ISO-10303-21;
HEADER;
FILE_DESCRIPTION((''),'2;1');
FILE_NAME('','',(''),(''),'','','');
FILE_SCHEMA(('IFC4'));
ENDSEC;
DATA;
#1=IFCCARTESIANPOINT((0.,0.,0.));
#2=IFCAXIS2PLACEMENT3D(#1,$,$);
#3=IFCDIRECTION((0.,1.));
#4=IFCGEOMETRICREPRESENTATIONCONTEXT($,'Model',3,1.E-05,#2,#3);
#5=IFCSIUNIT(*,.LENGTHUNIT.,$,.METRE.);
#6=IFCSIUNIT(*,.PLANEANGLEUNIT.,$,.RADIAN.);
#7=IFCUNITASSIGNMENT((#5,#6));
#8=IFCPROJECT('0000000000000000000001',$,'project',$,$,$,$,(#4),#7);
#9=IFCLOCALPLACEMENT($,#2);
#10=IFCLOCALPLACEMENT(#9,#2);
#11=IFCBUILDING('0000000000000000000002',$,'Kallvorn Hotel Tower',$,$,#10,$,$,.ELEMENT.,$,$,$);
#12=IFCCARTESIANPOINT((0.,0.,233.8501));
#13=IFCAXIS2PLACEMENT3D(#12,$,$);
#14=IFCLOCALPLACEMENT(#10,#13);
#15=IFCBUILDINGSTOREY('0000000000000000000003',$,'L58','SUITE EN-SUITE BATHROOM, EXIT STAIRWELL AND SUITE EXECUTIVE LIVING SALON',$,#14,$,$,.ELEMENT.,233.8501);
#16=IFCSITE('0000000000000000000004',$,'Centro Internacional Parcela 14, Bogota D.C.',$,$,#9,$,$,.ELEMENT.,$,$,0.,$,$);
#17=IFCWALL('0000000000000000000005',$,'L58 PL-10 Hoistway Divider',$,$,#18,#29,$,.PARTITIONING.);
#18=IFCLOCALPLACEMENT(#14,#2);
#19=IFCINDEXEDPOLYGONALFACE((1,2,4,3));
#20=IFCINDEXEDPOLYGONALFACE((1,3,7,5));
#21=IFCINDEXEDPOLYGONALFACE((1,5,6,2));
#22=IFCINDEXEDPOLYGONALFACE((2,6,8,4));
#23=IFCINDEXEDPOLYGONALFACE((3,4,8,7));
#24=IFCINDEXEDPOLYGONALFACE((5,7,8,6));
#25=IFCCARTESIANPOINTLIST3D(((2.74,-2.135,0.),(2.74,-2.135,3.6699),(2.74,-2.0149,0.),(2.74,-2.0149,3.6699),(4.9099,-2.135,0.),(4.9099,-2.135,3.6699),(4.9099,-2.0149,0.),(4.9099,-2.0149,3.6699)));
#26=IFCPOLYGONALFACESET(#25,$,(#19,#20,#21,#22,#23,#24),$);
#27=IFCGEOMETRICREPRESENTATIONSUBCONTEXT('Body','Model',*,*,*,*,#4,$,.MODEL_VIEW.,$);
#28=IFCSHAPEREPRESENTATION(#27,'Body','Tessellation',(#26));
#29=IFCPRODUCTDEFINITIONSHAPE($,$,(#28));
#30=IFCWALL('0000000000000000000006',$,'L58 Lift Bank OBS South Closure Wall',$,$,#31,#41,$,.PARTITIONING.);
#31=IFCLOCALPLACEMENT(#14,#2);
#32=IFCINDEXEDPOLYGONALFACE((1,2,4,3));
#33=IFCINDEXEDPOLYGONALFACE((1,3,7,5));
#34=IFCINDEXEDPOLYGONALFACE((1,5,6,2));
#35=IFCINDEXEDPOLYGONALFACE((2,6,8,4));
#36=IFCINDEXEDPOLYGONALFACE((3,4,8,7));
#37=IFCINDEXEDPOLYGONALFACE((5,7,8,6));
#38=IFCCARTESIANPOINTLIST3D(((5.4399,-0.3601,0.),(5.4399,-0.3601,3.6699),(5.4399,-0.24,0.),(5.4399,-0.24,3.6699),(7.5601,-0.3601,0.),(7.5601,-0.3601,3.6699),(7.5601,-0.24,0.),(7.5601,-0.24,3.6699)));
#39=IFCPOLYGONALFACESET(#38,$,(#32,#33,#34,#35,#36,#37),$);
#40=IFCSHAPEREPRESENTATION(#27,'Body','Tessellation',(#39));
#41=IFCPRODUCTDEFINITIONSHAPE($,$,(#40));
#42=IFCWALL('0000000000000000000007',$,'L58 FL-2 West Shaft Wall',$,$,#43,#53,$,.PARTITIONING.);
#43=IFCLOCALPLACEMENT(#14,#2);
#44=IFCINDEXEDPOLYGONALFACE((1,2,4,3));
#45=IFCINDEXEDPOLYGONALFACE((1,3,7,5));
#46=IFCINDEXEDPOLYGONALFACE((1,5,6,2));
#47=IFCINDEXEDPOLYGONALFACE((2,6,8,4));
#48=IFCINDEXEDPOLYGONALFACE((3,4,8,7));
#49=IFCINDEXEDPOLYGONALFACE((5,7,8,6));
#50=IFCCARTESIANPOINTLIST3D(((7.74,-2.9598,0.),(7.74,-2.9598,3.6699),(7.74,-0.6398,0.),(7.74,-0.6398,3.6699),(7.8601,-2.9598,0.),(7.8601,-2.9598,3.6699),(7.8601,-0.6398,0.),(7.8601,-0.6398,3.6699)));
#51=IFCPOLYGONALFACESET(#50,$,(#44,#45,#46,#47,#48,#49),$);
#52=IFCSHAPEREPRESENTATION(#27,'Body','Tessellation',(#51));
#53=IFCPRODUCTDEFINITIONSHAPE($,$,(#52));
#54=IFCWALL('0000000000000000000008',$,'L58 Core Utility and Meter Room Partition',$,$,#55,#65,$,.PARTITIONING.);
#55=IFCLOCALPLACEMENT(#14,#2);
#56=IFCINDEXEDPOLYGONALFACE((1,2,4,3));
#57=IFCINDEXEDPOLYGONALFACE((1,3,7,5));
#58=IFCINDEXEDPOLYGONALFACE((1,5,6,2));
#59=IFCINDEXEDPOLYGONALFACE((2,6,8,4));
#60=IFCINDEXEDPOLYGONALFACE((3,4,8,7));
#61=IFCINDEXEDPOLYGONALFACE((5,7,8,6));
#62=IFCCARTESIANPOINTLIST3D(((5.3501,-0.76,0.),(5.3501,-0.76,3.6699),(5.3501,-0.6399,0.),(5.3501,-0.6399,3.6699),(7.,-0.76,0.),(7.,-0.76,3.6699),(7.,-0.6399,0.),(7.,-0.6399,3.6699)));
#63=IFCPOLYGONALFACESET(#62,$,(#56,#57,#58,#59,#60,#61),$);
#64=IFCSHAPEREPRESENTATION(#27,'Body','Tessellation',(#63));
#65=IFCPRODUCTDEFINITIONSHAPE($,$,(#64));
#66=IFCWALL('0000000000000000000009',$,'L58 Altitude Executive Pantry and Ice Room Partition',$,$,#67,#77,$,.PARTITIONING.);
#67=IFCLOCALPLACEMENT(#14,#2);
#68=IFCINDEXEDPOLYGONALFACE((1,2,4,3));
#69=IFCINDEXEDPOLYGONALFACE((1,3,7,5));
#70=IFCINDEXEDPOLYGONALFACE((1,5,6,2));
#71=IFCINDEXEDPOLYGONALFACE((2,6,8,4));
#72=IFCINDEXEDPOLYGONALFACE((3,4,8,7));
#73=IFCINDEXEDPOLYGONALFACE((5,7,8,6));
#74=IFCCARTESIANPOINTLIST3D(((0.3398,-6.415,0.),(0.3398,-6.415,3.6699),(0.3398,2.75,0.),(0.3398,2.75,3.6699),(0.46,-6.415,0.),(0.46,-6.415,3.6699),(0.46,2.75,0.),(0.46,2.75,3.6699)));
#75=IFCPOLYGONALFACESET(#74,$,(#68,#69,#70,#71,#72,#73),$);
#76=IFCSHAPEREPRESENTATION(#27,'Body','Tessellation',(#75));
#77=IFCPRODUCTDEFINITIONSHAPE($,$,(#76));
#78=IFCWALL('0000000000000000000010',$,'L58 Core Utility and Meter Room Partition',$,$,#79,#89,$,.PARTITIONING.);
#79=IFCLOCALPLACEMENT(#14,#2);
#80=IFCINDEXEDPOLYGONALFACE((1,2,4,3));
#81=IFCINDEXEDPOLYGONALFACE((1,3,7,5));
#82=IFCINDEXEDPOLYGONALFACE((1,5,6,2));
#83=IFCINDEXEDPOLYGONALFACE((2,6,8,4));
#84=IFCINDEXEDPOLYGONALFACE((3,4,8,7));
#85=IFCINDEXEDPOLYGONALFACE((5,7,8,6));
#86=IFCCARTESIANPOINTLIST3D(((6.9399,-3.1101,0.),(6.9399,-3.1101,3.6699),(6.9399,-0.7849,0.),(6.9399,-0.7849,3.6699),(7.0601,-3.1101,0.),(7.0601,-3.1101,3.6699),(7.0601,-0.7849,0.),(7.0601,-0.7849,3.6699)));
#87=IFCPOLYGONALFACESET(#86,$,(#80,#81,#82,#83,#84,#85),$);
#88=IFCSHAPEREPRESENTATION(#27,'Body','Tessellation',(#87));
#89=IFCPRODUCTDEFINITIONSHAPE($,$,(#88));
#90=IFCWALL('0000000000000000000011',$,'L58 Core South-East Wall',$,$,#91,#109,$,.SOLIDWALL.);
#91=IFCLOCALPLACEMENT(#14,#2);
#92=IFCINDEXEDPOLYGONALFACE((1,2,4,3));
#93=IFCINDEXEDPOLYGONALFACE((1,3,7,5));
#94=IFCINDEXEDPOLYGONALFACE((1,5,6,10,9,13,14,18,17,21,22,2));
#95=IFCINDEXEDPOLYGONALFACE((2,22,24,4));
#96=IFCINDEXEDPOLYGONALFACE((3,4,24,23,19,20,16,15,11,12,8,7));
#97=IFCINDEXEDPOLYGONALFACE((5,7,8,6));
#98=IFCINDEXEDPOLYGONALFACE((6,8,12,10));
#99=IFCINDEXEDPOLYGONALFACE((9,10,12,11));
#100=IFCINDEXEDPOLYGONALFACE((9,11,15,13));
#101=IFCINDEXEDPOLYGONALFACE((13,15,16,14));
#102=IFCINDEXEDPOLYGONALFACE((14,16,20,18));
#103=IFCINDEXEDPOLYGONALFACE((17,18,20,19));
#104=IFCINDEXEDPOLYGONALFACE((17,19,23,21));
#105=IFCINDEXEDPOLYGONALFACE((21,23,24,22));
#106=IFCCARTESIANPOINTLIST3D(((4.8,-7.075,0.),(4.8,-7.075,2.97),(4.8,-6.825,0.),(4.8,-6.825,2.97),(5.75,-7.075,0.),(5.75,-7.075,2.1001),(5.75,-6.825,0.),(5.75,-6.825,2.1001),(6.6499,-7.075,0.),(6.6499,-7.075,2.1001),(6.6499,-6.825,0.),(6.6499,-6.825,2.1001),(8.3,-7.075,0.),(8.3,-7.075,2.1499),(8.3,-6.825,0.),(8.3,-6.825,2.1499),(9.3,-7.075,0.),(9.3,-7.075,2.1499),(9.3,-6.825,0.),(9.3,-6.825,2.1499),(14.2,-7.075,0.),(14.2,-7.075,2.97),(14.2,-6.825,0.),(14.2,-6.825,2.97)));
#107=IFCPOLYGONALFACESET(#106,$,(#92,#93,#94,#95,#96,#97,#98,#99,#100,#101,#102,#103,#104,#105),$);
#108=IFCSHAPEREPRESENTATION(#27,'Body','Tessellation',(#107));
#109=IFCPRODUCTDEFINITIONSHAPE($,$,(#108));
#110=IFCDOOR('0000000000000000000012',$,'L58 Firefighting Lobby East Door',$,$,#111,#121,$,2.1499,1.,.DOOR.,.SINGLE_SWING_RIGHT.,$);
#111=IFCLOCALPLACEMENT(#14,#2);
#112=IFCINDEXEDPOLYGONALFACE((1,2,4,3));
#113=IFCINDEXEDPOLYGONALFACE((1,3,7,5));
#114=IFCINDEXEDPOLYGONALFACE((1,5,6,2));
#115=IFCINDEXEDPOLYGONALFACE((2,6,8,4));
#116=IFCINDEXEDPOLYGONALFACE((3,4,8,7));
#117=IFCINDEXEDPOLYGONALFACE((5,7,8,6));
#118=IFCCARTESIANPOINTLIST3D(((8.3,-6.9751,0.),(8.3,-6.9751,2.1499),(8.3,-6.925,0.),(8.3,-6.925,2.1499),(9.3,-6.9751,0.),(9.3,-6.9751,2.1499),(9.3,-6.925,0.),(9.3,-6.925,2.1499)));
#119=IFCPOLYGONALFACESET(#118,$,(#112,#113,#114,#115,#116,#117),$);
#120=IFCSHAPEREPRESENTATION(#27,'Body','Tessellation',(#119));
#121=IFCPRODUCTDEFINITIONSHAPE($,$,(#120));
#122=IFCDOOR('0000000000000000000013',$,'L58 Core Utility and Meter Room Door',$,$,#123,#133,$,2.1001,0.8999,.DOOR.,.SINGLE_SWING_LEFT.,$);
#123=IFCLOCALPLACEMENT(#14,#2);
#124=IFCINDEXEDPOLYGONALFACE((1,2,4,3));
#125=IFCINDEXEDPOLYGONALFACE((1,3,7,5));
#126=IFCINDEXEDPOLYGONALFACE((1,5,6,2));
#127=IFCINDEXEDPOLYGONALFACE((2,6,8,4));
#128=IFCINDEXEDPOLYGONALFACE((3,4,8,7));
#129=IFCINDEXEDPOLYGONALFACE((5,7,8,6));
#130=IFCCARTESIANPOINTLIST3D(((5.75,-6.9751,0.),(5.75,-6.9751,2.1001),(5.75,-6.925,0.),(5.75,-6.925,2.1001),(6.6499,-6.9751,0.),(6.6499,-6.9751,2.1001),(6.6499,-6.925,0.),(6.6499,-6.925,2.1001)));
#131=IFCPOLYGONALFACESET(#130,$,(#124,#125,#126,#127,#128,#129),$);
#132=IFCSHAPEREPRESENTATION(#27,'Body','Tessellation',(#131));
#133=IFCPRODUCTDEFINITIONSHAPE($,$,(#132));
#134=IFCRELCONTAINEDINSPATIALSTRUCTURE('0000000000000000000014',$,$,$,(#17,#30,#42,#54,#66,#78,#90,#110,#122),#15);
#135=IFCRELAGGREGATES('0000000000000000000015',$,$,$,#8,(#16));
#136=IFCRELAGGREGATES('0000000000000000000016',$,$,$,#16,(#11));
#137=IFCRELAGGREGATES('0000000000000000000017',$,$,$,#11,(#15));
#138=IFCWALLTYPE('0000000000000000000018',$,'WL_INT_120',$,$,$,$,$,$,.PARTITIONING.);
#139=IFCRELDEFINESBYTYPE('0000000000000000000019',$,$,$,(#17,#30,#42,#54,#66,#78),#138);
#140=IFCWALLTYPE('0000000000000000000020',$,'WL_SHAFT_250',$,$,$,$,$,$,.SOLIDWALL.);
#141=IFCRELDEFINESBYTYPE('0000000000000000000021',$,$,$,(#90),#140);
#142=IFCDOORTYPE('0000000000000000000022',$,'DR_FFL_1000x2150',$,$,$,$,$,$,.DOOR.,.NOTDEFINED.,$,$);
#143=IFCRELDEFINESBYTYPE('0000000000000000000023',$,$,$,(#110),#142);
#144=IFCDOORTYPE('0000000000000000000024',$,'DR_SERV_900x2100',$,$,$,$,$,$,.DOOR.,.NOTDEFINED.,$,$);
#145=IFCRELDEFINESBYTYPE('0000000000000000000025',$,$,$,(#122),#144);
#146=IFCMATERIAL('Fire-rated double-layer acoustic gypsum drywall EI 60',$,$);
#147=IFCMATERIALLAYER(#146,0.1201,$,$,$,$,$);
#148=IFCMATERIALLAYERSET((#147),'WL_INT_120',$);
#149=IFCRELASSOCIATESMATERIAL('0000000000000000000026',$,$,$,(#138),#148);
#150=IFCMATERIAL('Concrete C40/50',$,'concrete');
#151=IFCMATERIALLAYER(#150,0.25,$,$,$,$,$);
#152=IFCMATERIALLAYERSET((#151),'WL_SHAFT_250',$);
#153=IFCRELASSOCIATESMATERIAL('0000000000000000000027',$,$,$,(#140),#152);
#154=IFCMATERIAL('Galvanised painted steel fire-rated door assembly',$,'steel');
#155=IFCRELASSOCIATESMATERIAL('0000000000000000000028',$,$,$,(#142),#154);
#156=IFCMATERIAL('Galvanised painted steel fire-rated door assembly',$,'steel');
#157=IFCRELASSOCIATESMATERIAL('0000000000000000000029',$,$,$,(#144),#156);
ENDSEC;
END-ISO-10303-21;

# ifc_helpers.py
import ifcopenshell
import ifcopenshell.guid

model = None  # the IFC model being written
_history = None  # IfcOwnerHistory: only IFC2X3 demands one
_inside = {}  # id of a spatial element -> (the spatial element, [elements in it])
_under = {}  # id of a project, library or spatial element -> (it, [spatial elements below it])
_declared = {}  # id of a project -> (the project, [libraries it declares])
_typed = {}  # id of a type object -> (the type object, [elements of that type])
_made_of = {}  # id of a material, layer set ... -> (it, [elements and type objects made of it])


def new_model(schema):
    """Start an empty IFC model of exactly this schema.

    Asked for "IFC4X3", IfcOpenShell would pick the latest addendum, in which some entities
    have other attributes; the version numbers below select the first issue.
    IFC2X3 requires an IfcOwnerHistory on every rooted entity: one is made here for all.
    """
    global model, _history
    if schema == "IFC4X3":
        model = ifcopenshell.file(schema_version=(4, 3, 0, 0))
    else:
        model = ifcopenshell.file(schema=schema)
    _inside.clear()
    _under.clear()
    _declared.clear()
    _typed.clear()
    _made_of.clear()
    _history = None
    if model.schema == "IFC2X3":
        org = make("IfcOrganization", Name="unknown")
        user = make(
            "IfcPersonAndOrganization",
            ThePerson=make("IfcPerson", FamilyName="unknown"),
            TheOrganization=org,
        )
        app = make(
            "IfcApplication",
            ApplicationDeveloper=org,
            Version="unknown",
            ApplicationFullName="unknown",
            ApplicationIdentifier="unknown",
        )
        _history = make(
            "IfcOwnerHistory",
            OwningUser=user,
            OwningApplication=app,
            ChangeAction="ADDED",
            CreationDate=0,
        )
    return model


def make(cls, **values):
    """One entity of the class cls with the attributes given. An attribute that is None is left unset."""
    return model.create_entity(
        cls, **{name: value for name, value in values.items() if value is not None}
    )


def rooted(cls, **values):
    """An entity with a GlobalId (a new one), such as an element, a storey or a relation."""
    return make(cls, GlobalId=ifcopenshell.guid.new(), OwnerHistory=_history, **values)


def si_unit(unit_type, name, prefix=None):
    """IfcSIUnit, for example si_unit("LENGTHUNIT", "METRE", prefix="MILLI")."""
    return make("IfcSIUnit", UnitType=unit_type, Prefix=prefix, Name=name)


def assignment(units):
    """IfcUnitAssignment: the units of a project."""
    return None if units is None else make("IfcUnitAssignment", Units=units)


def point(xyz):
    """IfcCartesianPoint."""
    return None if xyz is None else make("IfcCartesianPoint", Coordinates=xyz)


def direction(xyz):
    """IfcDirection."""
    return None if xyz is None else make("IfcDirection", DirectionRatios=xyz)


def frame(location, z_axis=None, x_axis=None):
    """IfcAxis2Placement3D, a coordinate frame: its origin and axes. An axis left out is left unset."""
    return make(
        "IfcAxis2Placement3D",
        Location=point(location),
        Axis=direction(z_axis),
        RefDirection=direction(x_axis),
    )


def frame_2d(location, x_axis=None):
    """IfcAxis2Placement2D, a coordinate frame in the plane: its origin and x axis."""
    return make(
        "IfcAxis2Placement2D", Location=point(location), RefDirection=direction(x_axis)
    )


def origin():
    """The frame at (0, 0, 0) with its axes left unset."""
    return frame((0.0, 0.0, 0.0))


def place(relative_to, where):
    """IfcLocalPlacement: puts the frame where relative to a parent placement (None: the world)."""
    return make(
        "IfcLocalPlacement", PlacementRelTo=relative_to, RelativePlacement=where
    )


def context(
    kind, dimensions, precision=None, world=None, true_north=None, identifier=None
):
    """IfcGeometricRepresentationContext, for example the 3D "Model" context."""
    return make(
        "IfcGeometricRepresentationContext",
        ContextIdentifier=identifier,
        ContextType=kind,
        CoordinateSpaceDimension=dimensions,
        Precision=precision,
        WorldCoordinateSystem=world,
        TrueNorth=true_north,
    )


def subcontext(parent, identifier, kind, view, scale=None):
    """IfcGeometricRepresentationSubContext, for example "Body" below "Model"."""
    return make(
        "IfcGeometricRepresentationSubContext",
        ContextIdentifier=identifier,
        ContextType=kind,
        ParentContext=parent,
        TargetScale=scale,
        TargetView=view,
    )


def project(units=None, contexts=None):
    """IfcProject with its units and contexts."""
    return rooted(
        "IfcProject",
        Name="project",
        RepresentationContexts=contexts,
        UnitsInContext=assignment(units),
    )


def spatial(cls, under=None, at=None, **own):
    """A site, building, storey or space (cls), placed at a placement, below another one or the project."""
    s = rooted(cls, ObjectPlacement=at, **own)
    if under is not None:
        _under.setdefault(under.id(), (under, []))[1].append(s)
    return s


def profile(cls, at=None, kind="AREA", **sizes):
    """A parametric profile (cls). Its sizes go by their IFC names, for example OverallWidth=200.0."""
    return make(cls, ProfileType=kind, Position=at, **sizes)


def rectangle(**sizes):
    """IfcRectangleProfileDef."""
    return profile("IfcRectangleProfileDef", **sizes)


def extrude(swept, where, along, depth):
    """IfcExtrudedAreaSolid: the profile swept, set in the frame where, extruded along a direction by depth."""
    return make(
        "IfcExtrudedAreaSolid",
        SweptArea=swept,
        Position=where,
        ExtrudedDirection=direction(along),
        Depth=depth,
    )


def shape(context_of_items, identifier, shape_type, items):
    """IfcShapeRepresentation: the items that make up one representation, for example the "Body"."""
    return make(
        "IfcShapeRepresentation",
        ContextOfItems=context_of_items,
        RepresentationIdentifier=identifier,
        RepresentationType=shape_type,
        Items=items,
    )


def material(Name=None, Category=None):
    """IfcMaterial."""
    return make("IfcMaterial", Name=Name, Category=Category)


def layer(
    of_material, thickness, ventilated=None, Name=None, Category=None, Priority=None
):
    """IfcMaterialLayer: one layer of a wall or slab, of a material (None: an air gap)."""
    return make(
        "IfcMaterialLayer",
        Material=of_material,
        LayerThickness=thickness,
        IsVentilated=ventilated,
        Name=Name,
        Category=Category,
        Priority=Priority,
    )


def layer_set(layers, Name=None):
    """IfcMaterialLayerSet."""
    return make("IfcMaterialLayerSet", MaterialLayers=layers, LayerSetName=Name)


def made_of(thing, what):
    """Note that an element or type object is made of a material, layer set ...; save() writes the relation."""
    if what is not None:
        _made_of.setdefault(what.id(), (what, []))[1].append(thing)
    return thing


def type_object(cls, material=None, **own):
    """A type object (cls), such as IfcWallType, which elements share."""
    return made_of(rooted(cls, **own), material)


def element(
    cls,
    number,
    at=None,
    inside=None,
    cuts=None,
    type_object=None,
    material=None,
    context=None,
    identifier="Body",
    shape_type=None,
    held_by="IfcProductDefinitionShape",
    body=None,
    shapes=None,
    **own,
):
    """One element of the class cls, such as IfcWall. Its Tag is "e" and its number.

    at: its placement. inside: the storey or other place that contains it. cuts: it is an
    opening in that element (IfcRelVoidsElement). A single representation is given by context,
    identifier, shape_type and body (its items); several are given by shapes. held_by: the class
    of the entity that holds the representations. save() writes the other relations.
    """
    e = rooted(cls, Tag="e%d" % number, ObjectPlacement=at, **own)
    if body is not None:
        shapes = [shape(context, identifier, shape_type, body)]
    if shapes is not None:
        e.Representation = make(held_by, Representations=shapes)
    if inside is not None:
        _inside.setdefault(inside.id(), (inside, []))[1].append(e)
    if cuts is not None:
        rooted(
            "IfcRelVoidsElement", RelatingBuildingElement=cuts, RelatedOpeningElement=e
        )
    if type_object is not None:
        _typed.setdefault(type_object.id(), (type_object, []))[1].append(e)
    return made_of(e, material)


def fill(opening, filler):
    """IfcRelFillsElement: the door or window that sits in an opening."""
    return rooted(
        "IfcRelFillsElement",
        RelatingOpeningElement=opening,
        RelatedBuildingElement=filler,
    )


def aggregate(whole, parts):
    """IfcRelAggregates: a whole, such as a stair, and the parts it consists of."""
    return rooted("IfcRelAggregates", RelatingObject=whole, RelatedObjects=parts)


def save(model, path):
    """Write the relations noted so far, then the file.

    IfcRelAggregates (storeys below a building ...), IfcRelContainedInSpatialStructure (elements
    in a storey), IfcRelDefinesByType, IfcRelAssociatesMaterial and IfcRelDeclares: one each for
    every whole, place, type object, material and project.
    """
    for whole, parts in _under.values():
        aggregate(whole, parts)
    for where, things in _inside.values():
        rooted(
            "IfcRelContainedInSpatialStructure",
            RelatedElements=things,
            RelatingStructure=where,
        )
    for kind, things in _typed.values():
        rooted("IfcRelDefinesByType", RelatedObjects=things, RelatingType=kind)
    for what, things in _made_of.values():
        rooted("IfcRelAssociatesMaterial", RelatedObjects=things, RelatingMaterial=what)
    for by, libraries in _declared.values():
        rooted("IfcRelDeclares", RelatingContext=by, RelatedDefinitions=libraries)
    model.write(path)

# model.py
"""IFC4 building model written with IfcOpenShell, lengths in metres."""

from ifc_helpers import new_model, si_unit, direction, frame, frame_2d, origin, place, context, subcontext, project, spatial, rectangle, extrude, material, layer, layer_set, type_object, element, fill, save


model = new_model("IFC4")

# Units and contexts
model_context = context("Model", 3, precision=1e-05, world=origin(), true_north=direction((0.0, 1.0)))
body_context = subcontext(model_context, "Body", "Model", "MODEL_VIEW")
ifc_project = project(units=[si_unit("LENGTHUNIT", "METRE"), si_unit("PLANEANGLEUNIT", "RADIAN")], contexts=[model_context])

# Site, building, storey
site_placement = place(None, origin())
site = spatial("IfcSite", under=ifc_project, at=site_placement, Name="Centro Internacional Parcela 14, Bogota D.C.", CompositionType="ELEMENT", RefElevation=0.0)
building_placement = place(site_placement, origin())
building = spatial("IfcBuilding", under=site, at=building_placement, Name="Kallvorn Hotel Tower", CompositionType="ELEMENT")
storey_placement = place(building_placement, frame((0.0, 0.0, 233.8501)))
storey = spatial("IfcBuildingStorey", under=building, at=storey_placement, Name="L58", Description="SUITE EN-SUITE BATHROOM, EXIT STAIRWELL AND SUITE EXECUTIVE LIVING SALON", CompositionType="ELEMENT", Elevation=233.8501)

# Walls
ifc_material_1 = material(Name="Fire-rated double-layer acoustic gypsum drywall EI 60")
ifc_layer_1 = layer(ifc_material_1, 0.1201)
ifc_layer_set_1 = layer_set([ifc_layer_1], Name="WL_INT_120")
wall_type_1 = type_object("IfcWallType", Name="WL_INT_120", PredefinedType="PARTITIONING", material=ifc_layer_set_1)
for number, where, z_axis, x_axis, name in (
    (1, (2.74, -2.075, 0.0), (0.0, 0.0, 1.0), (1.0, 0.0, 0.0), "L58 PL-10 Hoistway Divider"),
):
    element("IfcWall", number, at=place(storey_placement, frame(where, z_axis=z_axis, x_axis=x_axis)), inside=storey, type_object=wall_type_1, Name=name, PredefinedType="PARTITIONING", context=body_context, shape_type="SweptSolid", body=[
        extrude(rectangle(XDim=2.1699, YDim=0.1201, at=frame_2d((1.085, 0.0))), origin(), (0.0, 0.0, 1.0), 3.6699),
    ])
wall_1_placement = place(storey_placement, frame((5.4399, -0.3, 0.0), z_axis=(0.0, 0.0, 1.0), x_axis=(1.0, 0.0, 0.0)))
element("IfcWall", 2, at=wall_1_placement, inside=storey, type_object=wall_type_1, Name="L58 Lift Bank OBS South Closure Wall", PredefinedType="PARTITIONING", context=body_context, shape_type="SweptSolid", body=[
    extrude(rectangle(XDim=2.1201, YDim=0.1201, at=frame_2d((1.0601, 0.0))), origin(), (0.0, 0.0, 1.0), 3.6699),
])
wall_2_placement = place(storey_placement, frame((7.8, -2.96, 0.0), z_axis=(0.0, 0.0, 1.0), x_axis=(0.0, 1.0, 0.0)))
element("IfcWall", 3, at=wall_2_placement, inside=storey, type_object=wall_type_1, Name="L58 FL-2 West Shaft Wall", PredefinedType="PARTITIONING", context=body_context, shape_type="SweptSolid", body=[
    extrude(rectangle(XDim=2.3201, YDim=0.1201, at=frame_2d((1.1602, 0.0))), origin(), (0.0, 0.0, 1.0), 3.6699),
])
wall_3_placement = place(storey_placement, frame((5.3501, -0.7, 0.0), z_axis=(0.0, 0.0, 1.0), x_axis=(1.0, 0.0, 0.0)))
element("IfcWall", 4, at=wall_3_placement, inside=storey, type_object=wall_type_1, Name="L58 Core Utility and Meter Room Partition", PredefinedType="PARTITIONING", context=body_context, shape_type="SweptSolid", body=[
    extrude(rectangle(XDim=1.6499, YDim=0.1201, at=frame_2d((0.825, 0.0))), origin(), (0.0, 0.0, 1.0), 3.6699),
])
wall_4_placement = place(storey_placement, frame((0.3999, -6.415, 0.0), z_axis=(0.0, 0.0, 1.0), x_axis=(0.0, 1.0, 0.0)))
element("IfcWall", 5, at=wall_4_placement, inside=storey, type_object=wall_type_1, Name="L58 Altitude Executive Pantry and Ice Room Partition", PredefinedType="PARTITIONING", context=body_context, shape_type="SweptSolid", body=[
    extrude(rectangle(XDim=9.165, YDim=0.1201, at=frame_2d((4.5825, 0.0))), origin(), (0.0, 0.0, 1.0), 3.6699),
])
wall_5_placement = place(storey_placement, frame((7.0, -3.1101, 0.0), z_axis=(0.0, 0.0, 1.0), x_axis=(0.0, 1.0, 0.0)))
element("IfcWall", 6, at=wall_5_placement, inside=storey, type_object=wall_type_1, Name="L58 Core Utility and Meter Room Partition", PredefinedType="PARTITIONING", context=body_context, shape_type="SweptSolid", body=[
    extrude(rectangle(XDim=2.3252, YDim=0.1201, at=frame_2d((1.1626, 0.0))), origin(), (0.0, 0.0, 1.0), 3.6699),
])

# Wall, openings, doors
ifc_material_2 = material(Name="Concrete C40/50", Category="concrete")
ifc_layer_2 = layer(ifc_material_2, 0.25)
ifc_layer_set_2 = layer_set([ifc_layer_2], Name="WL_SHAFT_250")
wall_type_2 = type_object("IfcWallType", Name="WL_SHAFT_250", PredefinedType="SOLIDWALL", material=ifc_layer_set_2)
wall_6_placement = place(storey_placement, frame((4.8, -6.95, 0.0), z_axis=(0.0, 0.0, 1.0), x_axis=(1.0, 0.0, 0.0)))
wall_6 = element("IfcWall", 7, at=wall_6_placement, inside=storey, type_object=wall_type_2, Name="L58 Core South-East Wall", PredefinedType="SOLIDWALL", context=body_context, shape_type="SweptSolid", body=[
    extrude(rectangle(XDim=9.3999, YDim=0.25, at=frame_2d((4.7, 0.0))), origin(), (0.0, 0.0, 1.0), 2.97),
])
opening_1_placement = place(wall_6_placement, frame((3.5, 0.0, 0.0)))
opening_1 = element("IfcOpeningElement", 8, at=opening_1_placement, cuts=wall_6, PredefinedType="OPENING", context=body_context, shape_type="SweptSolid", body=[
    extrude(rectangle(XDim=1.0, YDim=2.1499, at=frame_2d((0.5, 1.075))), frame((0.0, 0.1399, 0.0), z_axis=(0.0, -1.0, 0.0), x_axis=(1.0, 0.0, 0.0)), (0.0, 0.0, 1.0), 0.28),
])
opening_2_placement = place(wall_6_placement, frame((0.95, 0.0, 0.0)))
opening_2 = element("IfcOpeningElement", 9, at=opening_2_placement, cuts=wall_6, PredefinedType="OPENING", context=body_context, shape_type="SweptSolid", body=[
    extrude(rectangle(XDim=0.8999, YDim=2.1001, at=frame_2d((0.45, 1.05))), frame((0.0, 0.1399, 0.0), z_axis=(0.0, -1.0, 0.0), x_axis=(1.0, 0.0, 0.0)), (0.0, 0.0, 1.0), 0.28),
])
ifc_material_3 = material(Name="Galvanised painted steel fire-rated door assembly", Category="steel")
door_type_1 = type_object("IfcDoorType", Name="DR_FFL_1000x2150", OperationType="NOTDEFINED", PredefinedType="DOOR", material=ifc_material_3)
door_1_placement = place(opening_1_placement, origin())
door_1 = element("IfcDoor", 10, at=door_1_placement, inside=storey, type_object=door_type_1, Name="L58 Firefighting Lobby East Door", OperationType="SINGLE_SWING_RIGHT", OverallHeight=2.1499, OverallWidth=1.0, PredefinedType="DOOR", context=body_context, shape_type="SweptSolid", body=[
    extrude(rectangle(XDim=1.0, YDim=2.1499, at=frame_2d((0.5, 1.075))), frame((0.0, 0.0249, 0.0), z_axis=(0.0, -1.0, 0.0), x_axis=(1.0, 0.0, 0.0)), (0.0, 0.0, 1.0), 0.05),
])
fill(opening_1, door_1)
ifc_material_4 = material(Name="Galvanised painted steel fire-rated door assembly", Category="steel")
door_type_2 = type_object("IfcDoorType", Name="DR_SERV_900x2100", OperationType="NOTDEFINED", PredefinedType="DOOR", material=ifc_material_4)
door_2_placement = place(opening_2_placement, origin())
door_2 = element("IfcDoor", 11, at=door_2_placement, inside=storey, type_object=door_type_2, Name="L58 Core Utility and Meter Room Door", OperationType="SINGLE_SWING_LEFT", OverallHeight=2.1001, OverallWidth=0.8999, PredefinedType="DOOR", context=body_context, shape_type="SweptSolid", body=[
    extrude(rectangle(XDim=0.8999, YDim=2.1001, at=frame_2d((0.45, 1.05))), frame((0.0, 0.0249, 0.0), z_axis=(0.0, -1.0, 0.0), x_axis=(1.0, 0.0, 0.0)), (0.0, 0.0, 1.0), 0.05),
])
fill(opening_2, door_2)

save(model, "model.ifc")
